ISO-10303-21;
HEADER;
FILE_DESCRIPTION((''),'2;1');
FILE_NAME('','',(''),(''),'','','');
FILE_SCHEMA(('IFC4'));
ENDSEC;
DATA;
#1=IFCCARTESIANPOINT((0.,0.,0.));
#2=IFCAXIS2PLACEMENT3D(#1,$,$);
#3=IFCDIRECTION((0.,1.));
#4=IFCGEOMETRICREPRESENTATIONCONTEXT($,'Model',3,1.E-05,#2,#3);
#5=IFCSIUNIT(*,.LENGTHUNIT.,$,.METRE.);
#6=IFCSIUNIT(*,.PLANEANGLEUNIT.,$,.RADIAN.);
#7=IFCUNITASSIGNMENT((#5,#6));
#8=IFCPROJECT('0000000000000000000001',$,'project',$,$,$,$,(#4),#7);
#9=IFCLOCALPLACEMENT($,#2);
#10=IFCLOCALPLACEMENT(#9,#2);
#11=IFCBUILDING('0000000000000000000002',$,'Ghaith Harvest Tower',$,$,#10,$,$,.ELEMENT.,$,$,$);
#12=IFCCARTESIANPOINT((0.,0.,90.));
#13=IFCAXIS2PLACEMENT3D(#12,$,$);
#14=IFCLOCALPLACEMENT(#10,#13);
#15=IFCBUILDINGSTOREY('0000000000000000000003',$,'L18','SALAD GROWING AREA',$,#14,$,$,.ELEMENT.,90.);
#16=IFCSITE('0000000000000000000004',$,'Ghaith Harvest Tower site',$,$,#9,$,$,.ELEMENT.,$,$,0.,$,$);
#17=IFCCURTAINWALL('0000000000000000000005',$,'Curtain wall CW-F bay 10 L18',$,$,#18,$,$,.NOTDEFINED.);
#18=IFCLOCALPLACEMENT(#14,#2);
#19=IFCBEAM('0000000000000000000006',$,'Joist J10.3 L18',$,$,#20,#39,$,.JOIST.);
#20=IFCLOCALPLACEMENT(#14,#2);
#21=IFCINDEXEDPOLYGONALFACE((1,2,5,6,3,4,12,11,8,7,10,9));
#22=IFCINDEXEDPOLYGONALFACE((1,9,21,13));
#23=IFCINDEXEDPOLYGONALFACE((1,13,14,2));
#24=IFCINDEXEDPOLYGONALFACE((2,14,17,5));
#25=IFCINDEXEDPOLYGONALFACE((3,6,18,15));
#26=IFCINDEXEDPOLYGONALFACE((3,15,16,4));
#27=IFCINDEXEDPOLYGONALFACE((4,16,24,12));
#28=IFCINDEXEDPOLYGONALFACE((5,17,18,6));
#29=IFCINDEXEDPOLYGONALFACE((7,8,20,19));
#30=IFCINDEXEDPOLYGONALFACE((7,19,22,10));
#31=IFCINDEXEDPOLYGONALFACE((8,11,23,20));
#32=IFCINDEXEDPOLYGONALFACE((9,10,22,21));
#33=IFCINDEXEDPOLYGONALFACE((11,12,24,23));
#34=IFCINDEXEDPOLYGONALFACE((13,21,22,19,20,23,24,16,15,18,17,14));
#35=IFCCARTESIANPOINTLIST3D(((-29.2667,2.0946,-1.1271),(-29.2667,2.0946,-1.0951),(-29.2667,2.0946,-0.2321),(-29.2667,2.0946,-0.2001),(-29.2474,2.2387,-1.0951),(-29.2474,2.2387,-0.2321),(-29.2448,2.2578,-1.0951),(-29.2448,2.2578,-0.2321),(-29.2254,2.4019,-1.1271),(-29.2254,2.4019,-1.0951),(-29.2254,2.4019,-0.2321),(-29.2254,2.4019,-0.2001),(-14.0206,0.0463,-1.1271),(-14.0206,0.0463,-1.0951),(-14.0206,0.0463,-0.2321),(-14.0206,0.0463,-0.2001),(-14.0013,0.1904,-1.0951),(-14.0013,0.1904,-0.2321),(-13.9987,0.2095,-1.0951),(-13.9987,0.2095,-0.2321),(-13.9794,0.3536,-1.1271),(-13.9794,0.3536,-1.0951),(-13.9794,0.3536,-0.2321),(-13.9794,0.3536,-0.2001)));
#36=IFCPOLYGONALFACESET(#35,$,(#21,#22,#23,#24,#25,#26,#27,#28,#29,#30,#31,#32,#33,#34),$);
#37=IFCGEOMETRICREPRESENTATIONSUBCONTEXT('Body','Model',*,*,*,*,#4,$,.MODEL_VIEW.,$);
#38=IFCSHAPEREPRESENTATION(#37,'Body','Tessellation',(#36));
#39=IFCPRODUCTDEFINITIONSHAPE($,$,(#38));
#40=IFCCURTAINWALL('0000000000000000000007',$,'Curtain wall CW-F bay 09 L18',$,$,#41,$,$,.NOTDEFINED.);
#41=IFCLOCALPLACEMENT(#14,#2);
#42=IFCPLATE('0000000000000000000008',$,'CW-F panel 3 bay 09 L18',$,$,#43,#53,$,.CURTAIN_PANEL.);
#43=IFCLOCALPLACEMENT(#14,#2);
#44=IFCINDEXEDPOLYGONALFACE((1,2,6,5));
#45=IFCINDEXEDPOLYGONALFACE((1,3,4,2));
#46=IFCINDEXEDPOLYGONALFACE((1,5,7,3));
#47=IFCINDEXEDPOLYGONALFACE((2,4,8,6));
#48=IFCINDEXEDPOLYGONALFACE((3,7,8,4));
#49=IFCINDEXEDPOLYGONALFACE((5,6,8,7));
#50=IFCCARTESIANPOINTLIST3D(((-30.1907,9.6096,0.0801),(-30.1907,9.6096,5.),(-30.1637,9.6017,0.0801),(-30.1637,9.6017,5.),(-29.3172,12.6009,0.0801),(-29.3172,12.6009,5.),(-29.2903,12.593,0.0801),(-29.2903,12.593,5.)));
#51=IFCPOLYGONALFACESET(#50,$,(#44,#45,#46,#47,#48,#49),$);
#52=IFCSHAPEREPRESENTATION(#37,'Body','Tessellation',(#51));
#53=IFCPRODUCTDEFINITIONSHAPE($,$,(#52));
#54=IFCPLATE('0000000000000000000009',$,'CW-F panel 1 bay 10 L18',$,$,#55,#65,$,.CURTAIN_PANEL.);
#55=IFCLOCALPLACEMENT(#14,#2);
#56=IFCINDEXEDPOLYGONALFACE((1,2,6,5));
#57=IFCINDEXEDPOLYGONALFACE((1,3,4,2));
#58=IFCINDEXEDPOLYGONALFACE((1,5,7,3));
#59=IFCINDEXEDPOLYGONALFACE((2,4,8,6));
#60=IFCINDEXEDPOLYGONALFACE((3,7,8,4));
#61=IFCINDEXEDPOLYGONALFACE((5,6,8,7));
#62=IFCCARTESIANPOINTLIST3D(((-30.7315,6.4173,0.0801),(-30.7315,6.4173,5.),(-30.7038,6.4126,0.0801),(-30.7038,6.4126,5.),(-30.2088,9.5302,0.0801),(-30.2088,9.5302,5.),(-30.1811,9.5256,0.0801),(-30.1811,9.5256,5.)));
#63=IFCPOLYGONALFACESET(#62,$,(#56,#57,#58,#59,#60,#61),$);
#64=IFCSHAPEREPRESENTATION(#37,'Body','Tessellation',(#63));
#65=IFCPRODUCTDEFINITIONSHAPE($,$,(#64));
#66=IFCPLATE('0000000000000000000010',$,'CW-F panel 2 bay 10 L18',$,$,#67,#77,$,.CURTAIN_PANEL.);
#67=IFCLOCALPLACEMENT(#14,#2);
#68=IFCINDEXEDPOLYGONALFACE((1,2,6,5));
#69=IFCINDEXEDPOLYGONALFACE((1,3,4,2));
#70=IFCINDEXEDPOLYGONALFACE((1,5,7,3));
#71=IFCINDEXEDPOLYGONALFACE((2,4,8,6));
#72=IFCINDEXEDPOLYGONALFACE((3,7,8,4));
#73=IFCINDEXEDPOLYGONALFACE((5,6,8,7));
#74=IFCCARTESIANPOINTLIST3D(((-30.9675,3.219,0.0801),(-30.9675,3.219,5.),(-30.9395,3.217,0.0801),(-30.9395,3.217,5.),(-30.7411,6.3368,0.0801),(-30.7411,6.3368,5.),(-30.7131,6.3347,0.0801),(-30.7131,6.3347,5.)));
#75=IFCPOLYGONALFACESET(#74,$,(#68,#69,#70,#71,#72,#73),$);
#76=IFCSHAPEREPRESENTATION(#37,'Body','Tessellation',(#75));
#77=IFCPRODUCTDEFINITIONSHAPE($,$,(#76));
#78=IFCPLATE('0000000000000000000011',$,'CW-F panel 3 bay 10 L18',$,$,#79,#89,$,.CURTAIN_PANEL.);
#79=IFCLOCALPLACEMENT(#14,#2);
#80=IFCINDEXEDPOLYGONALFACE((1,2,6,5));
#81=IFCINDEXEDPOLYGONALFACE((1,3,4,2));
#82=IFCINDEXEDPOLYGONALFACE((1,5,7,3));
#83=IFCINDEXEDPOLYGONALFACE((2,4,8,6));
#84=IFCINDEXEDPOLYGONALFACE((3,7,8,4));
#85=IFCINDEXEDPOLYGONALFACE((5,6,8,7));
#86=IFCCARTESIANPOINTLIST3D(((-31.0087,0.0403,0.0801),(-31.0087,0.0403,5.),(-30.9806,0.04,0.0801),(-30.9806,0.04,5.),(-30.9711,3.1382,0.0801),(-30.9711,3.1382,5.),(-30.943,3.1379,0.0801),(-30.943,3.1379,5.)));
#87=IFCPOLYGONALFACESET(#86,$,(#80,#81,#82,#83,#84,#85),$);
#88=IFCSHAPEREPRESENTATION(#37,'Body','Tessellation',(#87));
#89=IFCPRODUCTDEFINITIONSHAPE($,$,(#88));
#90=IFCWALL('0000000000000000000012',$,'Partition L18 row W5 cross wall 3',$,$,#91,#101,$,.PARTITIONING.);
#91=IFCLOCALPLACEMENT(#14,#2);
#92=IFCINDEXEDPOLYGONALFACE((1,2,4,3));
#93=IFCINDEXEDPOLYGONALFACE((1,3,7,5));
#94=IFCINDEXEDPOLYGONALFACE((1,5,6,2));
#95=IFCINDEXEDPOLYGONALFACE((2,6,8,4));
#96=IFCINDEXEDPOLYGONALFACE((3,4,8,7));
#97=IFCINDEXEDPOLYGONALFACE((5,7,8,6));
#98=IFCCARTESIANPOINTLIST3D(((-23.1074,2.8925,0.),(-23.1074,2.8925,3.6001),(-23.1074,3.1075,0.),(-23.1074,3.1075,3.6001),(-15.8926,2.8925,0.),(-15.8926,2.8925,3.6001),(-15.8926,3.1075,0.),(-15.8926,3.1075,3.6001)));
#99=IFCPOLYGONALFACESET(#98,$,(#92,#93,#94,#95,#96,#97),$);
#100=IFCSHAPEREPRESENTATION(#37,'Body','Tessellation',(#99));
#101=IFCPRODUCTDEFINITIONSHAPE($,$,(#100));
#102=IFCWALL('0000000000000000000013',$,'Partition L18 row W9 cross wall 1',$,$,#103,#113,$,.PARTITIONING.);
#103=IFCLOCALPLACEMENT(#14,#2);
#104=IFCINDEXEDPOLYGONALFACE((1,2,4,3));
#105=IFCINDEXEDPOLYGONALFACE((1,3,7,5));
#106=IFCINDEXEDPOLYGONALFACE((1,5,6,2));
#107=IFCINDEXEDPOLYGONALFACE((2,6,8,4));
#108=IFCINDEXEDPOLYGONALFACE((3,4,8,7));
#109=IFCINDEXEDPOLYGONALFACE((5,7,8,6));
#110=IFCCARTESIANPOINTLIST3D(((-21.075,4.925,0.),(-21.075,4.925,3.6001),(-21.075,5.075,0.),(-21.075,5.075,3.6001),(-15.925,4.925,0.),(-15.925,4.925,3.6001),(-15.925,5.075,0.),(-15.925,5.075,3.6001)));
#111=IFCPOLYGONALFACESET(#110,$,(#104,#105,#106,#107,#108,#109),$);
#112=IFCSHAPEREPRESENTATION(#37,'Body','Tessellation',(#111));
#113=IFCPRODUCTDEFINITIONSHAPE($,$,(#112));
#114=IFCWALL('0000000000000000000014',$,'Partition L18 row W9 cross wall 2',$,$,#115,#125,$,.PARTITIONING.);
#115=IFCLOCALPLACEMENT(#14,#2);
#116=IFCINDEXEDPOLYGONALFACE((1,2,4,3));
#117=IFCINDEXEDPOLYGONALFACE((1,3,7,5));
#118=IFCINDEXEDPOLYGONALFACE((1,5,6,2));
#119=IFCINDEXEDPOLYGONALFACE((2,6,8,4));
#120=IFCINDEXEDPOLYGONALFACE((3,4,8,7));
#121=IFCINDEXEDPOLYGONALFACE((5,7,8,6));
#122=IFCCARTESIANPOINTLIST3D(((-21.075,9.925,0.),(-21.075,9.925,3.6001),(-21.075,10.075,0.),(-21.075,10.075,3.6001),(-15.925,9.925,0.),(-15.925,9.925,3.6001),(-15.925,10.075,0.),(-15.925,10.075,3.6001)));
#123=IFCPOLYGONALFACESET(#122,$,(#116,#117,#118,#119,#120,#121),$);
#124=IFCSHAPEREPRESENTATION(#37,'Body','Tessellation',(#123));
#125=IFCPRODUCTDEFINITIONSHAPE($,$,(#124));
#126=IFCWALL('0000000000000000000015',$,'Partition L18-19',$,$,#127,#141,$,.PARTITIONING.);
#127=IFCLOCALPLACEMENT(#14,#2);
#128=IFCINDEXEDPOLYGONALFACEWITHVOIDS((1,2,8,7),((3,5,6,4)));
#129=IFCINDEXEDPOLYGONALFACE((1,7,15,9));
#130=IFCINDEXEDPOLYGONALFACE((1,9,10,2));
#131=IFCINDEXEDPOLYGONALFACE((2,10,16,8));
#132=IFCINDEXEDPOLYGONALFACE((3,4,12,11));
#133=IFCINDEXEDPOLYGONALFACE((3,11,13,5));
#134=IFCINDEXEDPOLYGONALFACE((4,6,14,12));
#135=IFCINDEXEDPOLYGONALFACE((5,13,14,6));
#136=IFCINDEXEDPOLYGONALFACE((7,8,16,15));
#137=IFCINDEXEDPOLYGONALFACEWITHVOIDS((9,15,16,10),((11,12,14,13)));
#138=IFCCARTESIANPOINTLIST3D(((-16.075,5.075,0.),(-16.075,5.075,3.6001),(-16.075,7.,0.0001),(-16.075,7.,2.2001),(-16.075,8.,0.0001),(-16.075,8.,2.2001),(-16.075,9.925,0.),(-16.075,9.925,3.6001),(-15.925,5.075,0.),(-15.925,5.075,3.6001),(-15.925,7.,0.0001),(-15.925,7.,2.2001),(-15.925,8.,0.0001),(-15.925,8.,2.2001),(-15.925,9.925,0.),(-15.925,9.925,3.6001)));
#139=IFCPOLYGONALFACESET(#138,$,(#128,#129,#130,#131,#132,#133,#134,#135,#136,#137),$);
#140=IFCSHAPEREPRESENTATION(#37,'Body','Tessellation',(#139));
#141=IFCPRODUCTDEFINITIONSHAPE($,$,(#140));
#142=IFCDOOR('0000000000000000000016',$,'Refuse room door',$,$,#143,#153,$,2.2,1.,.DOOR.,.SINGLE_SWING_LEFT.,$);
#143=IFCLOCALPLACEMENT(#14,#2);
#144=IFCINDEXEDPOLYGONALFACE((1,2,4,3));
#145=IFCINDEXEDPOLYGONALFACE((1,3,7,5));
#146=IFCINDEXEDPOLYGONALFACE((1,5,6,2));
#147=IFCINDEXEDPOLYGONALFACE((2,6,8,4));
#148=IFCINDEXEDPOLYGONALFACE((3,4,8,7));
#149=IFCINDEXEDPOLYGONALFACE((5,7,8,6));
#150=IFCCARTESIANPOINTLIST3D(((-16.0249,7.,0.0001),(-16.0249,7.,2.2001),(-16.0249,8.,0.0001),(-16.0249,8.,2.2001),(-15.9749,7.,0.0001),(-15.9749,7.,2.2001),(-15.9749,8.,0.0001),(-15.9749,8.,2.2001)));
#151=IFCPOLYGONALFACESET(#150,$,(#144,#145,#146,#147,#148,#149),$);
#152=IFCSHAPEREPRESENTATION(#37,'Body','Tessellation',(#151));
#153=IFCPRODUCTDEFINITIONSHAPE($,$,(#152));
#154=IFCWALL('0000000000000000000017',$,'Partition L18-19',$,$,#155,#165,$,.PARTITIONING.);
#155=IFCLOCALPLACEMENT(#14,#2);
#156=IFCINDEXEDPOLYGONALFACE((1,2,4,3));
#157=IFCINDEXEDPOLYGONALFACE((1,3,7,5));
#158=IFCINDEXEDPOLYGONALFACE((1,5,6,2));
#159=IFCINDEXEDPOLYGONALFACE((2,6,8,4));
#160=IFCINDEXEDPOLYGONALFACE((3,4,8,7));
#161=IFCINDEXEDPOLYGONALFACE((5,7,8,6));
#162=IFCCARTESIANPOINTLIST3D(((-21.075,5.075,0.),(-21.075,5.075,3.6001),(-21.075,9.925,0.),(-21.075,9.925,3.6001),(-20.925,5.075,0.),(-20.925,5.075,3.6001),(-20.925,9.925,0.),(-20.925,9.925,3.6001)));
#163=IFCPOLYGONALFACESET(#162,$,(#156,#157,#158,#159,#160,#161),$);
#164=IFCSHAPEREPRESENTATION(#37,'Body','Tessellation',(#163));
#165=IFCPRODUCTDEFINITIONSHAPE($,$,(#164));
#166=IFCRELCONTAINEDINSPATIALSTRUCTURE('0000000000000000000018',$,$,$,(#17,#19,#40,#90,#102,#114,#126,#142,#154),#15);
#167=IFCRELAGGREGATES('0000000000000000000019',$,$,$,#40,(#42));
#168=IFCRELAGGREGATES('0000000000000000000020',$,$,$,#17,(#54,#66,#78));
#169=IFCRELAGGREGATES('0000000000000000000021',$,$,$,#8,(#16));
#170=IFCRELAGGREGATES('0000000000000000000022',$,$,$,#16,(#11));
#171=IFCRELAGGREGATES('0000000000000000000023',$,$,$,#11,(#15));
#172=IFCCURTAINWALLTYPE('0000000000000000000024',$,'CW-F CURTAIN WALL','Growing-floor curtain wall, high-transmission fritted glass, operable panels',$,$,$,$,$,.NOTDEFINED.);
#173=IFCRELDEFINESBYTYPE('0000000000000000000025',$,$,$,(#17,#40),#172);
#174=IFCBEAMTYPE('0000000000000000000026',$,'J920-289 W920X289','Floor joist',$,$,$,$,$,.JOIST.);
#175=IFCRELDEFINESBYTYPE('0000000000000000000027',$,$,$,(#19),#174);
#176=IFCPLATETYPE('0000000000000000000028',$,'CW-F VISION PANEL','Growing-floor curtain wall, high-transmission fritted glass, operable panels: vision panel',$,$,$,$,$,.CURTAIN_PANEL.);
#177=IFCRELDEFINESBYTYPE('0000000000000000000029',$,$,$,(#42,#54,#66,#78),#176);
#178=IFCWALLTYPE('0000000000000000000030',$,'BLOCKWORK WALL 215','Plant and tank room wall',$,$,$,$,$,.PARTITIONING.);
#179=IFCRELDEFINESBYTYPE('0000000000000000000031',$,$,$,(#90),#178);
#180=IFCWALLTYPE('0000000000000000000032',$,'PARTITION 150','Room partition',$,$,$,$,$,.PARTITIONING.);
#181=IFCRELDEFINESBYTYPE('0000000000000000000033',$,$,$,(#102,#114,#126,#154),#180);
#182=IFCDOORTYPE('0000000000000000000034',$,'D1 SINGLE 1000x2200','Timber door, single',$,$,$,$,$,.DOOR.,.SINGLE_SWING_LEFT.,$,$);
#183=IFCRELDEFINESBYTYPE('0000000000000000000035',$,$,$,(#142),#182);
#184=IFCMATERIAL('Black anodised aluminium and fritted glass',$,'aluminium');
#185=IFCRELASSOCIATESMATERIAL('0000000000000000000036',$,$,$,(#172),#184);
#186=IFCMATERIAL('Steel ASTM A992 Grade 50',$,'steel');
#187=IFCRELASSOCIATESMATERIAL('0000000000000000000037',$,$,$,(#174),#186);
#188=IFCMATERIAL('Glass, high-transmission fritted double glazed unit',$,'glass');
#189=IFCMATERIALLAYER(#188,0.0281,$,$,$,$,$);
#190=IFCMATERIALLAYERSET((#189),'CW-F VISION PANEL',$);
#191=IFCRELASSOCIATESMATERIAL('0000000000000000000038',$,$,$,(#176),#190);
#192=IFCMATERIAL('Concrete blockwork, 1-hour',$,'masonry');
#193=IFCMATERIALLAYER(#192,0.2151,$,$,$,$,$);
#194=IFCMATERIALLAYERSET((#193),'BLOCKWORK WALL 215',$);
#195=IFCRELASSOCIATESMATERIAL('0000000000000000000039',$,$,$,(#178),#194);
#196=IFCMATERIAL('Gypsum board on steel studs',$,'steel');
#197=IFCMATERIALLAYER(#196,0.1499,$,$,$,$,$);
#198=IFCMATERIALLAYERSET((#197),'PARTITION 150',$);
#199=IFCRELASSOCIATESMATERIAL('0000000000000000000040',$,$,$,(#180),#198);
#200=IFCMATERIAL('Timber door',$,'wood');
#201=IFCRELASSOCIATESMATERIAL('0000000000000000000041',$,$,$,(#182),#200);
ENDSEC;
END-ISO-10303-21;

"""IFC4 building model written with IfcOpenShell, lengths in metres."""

from ifc_helpers import new_model, si_unit, direction, frame, frame_2d, origin, origin_2d, place, context, subcontext, project, spatial, rectangle, i_section, extrude, material, layer, layer_set, material_profile, profile_set, type_object, element, fill, aggregate, save


model = new_model("IFC4")

# Units and contexts
model_context = context("Model", 3, precision=1e-05, world=origin(), true_north=direction((0.0, 1.0)))
body_context = subcontext(model_context, "Body", "Model", "MODEL_VIEW")
ifc_project = project(units=[si_unit("LENGTHUNIT", "METRE"), si_unit("PLANEANGLEUNIT", "RADIAN")], contexts=[model_context])

# Site, building, storey
site_placement = place(None, origin())
site = spatial("IfcSite", under=ifc_project, at=site_placement, Name="Ghaith Harvest Tower site", CompositionType="ELEMENT", RefElevation=0.0)
building_placement = place(site_placement, origin())
building = spatial("IfcBuilding", under=site, at=building_placement, Name="Ghaith Harvest Tower", CompositionType="ELEMENT")
storey_placement = place(building_placement, frame((0.0, 0.0, 90.0)))
storey = spatial("IfcBuildingStorey", under=building, at=storey_placement, Name="L18", Description="SALAD GROWING AREA", CompositionType="ELEMENT", Elevation=90.0)

# Curtain wall
ifc_material_1 = material(Name="Black anodised aluminium and fritted glass", Category="aluminium")
curtain_wall_type = type_object("IfcCurtainWallType", Name="CW-F CURTAIN WALL", Description="Growing-floor curtain wall, high-transmission fritted glass, operable panels", PredefinedType="NOTDEFINED", material=ifc_material_1)
curtain_wall_1_placement = place(storey_placement, origin())
curtain_wall_1 = element("IfcCurtainWall", 1, at=curtain_wall_1_placement, inside=storey, type_object=curtain_wall_type, Name="Curtain wall CW-F bay 10 L18", PredefinedType="NOTDEFINED")

# Beam
ifc_material_2 = material(Name="Steel ASTM A992 Grade 50", Category="steel")
ifc_material_profile_1 = material_profile(ifc_material_2, i_section(OverallWidth=0.3101, OverallDepth=0.927, WebThickness=0.0193, FlangeThickness=0.032, at=origin_2d()), Name="W920X289")
ifc_profile_set_1 = profile_set([ifc_material_profile_1], Name="Steel ASTM A992 Grade 50")
beam_type_1 = type_object("IfcBeamType", Name="J920-289 W920X289", Description="Floor joist", PredefinedType="JOIST", material=ifc_profile_set_1)
beam_1_placement = place(storey_placement, frame((-14.0, 0.2, -0.6636), z_axis=(-0.991095, 0.133155, 0.0), x_axis=(-0.133155, -0.991095, 0.0)))
element("IfcBeam", 2, at=beam_1_placement, inside=storey, type_object=beam_type_1, Name="Joist J10.3 L18", PredefinedType="JOIST", context=body_context, shape_type="SweptSolid", body=[
    extrude(i_section(OverallWidth=0.3101, OverallDepth=0.927, WebThickness=0.0193, FlangeThickness=0.032, at=origin_2d()), origin(), (0.0, 0.0, 1.0), 15.3831),
])

# Curtain wall, plate
curtain_wall_2_placement = place(storey_placement, origin())
curtain_wall_2 = element("IfcCurtainWall", 3, at=curtain_wall_2_placement, inside=storey, type_object=curtain_wall_type, Name="Curtain wall CW-F bay 09 L18", PredefinedType="NOTDEFINED")
ifc_material_3 = material(Name="Glass, high-transmission fritted double glazed unit", Category="glass")
ifc_layer_1 = layer(ifc_material_3, 0.0281)
ifc_layer_set_1 = layer_set([ifc_layer_1], Name="CW-F VISION PANEL")
plate_type = type_object("IfcPlateType", Name="CW-F VISION PANEL", Description="Growing-floor curtain wall, high-transmission fritted glass, operable panels: vision panel", PredefinedType="CURTAIN_PANEL", material=ifc_layer_set_1)
plate_1_placement = place(storey_placement, frame((-29.7405, 11.1013, 0.0801), z_axis=(0.0, 0.0, 1.0), x_axis=(-0.280297, -0.959913, 0.0)))
plate_1 = element("IfcPlate", 4, at=plate_1_placement, type_object=plate_type, Name="CW-F panel 3 bay 09 L18", PredefinedType="CURTAIN_PANEL", context=body_context, shape_type="SweptSolid", body=[
    extrude(rectangle(XDim=3.1162, YDim=0.0281, at=origin_2d()), origin(), (0.0, 0.0, 1.0), 4.9199),
])
aggregate(curtain_wall_2, [plate_1])

# Plates
plate_2_placement = place(storey_placement, frame((-30.4563, 7.9714, 0.0801), z_axis=(0.0, 0.0, 1.0), x_axis=(-0.165581, -0.986196, 0.0)))
plate_2 = element("IfcPlate", 5, at=plate_2_placement, type_object=plate_type, Name="CW-F panel 1 bay 10 L18", PredefinedType="CURTAIN_PANEL", context=body_context, shape_type="SweptSolid", body=[
    extrude(rectangle(XDim=3.1565, YDim=0.0281, at=origin_2d()), origin(), (0.0, 0.0, 1.0), 4.9199),
])
plate_3_placement = place(storey_placement, frame((-30.8403, 4.7769, 0.0801), z_axis=(0.0, 0.0, 1.0), x_axis=(-0.072421, -0.997374, 0.0)))
plate_3 = element("IfcPlate", 6, at=plate_3_placement, type_object=plate_type, Name="CW-F panel 2 bay 10 L18", PredefinedType="CURTAIN_PANEL", context=body_context, shape_type="SweptSolid", body=[
    extrude(rectangle(XDim=3.126, YDim=0.0281, at=origin_2d()), origin(), (0.0, 0.0, 1.0), 4.9199),
])
plate_4_placement = place(storey_placement, frame((-30.9758, 1.5891, 0.0801), z_axis=(0.0, 0.0, 1.0), x_axis=(-0.012133, -0.999926, 0.0)))
plate_4 = element("IfcPlate", 7, at=plate_4_placement, type_object=plate_type, Name="CW-F panel 3 bay 10 L18", PredefinedType="CURTAIN_PANEL", context=body_context, shape_type="SweptSolid", body=[
    extrude(rectangle(XDim=3.0981, YDim=0.0281, at=origin_2d()), origin(), (0.0, 0.0, 1.0), 4.9199),
])
aggregate(curtain_wall_1, [plate_2, plate_3, plate_4])

# Wall
ifc_material_4 = material(Name="Concrete blockwork, 1-hour", Category="masonry")
ifc_layer_2 = layer(ifc_material_4, 0.2151)
ifc_layer_set_2 = layer_set([ifc_layer_2], Name="BLOCKWORK WALL 215")
wall_type_1 = type_object("IfcWallType", Name="BLOCKWORK WALL 215", Description="Plant and tank room wall", PredefinedType="PARTITIONING", material=ifc_layer_set_2)
wall_1_placement = place(storey_placement, frame((-15.8926, 3.0, 0.0), z_axis=(0.0, 0.0, 1.0), x_axis=(-1.0, 0.0, 0.0)))
element("IfcWall", 8, at=wall_1_placement, inside=storey, type_object=wall_type_1, Name="Partition L18 row W5 cross wall 3", PredefinedType="PARTITIONING", context=body_context, shape_type="SweptSolid", body=[
    extrude(rectangle(XDim=7.2148, YDim=0.2151, at=frame_2d((3.6074, 0.0))), origin(), (0.0, 0.0, 1.0), 3.6001),
])

# Walls
ifc_material_5 = material(Name="Gypsum board on steel studs", Category="steel")
ifc_layer_3 = layer(ifc_material_5, 0.1499)
ifc_layer_set_3 = layer_set([ifc_layer_3], Name="PARTITION 150")
wall_type_2 = type_object("IfcWallType", Name="PARTITION 150", Description="Room partition", PredefinedType="PARTITIONING", material=ifc_layer_set_3)
for number, where, z_axis, x_axis, name in (
    (9, (-15.925, 5.0, 0.0), (0.0, 0.0, 1.0), (-1.0, 0.0, 0.0), "Partition L18 row W9 cross wall 1"),
    (10, (-15.925, 10.0, 0.0), (0.0, 0.0, 1.0), (-1.0, 0.0, 0.0), "Partition L18 row W9 cross wall 2"),
):
    element("IfcWall", number, at=place(storey_placement, frame(where, z_axis=z_axis, x_axis=x_axis)), inside=storey, type_object=wall_type_2, Name=name, PredefinedType="PARTITIONING", context=body_context, shape_type="SweptSolid", body=[
        extrude(rectangle(XDim=5.1499, YDim=0.1499, at=frame_2d((2.575, 0.0))), origin(), (0.0, 0.0, 1.0), 3.6001),
    ])

# Wall, opening, door
wall_2_placement = place(storey_placement, frame((-16.0, 5.075, 0.0), z_axis=(0.0, 0.0, 1.0), x_axis=(0.0, 1.0, 0.0)))
wall_2 = element("IfcWall", 11, at=wall_2_placement, inside=storey, type_object=wall_type_2, Name="Partition L18-19", PredefinedType="PARTITIONING", context=body_context, shape_type="SweptSolid", body=[
    extrude(rectangle(XDim=4.8501, YDim=0.1499, at=frame_2d((2.425, 0.0))), origin(), (0.0, 0.0, 1.0), 3.6001),
])
opening_1_placement = place(wall_2_placement, frame((1.925, 0.0, 0.0)))
opening_1 = element("IfcOpeningElement", 12, at=opening_1_placement, cuts=wall_2, PredefinedType="OPENING", context=body_context, shape_type="SweptSolid", body=[
    extrude(rectangle(XDim=1.0, YDim=2.2, at=frame_2d((0.5, 1.1001))), frame((0.0, 0.085, 0.0), z_axis=(0.0, -1.0, 0.0), x_axis=(1.0, 0.0, 0.0)), (0.0, 0.0, 1.0), 0.1699),
])
ifc_material_6 = material(Name="Timber door", Category="wood")
door_type_1 = type_object("IfcDoorType", Name="D1 SINGLE 1000x2200", Description="Timber door, single", OperationType="SINGLE_SWING_LEFT", PredefinedType="DOOR", material=ifc_material_6)
door_1_placement = place(opening_1_placement, origin())
door_1 = element("IfcDoor", 13, at=door_1_placement, inside=storey, type_object=door_type_1, Name="Refuse room door", OperationType="SINGLE_SWING_LEFT", OverallHeight=2.2, OverallWidth=1.0, PredefinedType="DOOR", context=body_context, shape_type="SweptSolid", body=[
    extrude(rectangle(XDim=1.0, YDim=2.2, at=frame_2d((0.5, 1.1001))), frame((0.0, 0.0249, 0.0), z_axis=(0.0, -1.0, 0.0), x_axis=(1.0, 0.0, 0.0)), (0.0, 0.0, 1.0), 0.05),
])
fill(opening_1, door_1)

# Wall
wall_3_placement = place(storey_placement, frame((-21.0, 5.075, 0.0), z_axis=(0.0, 0.0, 1.0), x_axis=(0.0, 1.0, 0.0)))
element("IfcWall", 14, at=wall_3_placement, inside=storey, type_object=wall_type_2, Name="Partition L18-19", PredefinedType="PARTITIONING", context=body_context, shape_type="SweptSolid", body=[
    extrude(rectangle(XDim=4.8501, YDim=0.1499, at=frame_2d((2.425, 0.0))), origin(), (0.0, 0.0, 1.0), 3.6001),
])

save(model, "model.ifc")
